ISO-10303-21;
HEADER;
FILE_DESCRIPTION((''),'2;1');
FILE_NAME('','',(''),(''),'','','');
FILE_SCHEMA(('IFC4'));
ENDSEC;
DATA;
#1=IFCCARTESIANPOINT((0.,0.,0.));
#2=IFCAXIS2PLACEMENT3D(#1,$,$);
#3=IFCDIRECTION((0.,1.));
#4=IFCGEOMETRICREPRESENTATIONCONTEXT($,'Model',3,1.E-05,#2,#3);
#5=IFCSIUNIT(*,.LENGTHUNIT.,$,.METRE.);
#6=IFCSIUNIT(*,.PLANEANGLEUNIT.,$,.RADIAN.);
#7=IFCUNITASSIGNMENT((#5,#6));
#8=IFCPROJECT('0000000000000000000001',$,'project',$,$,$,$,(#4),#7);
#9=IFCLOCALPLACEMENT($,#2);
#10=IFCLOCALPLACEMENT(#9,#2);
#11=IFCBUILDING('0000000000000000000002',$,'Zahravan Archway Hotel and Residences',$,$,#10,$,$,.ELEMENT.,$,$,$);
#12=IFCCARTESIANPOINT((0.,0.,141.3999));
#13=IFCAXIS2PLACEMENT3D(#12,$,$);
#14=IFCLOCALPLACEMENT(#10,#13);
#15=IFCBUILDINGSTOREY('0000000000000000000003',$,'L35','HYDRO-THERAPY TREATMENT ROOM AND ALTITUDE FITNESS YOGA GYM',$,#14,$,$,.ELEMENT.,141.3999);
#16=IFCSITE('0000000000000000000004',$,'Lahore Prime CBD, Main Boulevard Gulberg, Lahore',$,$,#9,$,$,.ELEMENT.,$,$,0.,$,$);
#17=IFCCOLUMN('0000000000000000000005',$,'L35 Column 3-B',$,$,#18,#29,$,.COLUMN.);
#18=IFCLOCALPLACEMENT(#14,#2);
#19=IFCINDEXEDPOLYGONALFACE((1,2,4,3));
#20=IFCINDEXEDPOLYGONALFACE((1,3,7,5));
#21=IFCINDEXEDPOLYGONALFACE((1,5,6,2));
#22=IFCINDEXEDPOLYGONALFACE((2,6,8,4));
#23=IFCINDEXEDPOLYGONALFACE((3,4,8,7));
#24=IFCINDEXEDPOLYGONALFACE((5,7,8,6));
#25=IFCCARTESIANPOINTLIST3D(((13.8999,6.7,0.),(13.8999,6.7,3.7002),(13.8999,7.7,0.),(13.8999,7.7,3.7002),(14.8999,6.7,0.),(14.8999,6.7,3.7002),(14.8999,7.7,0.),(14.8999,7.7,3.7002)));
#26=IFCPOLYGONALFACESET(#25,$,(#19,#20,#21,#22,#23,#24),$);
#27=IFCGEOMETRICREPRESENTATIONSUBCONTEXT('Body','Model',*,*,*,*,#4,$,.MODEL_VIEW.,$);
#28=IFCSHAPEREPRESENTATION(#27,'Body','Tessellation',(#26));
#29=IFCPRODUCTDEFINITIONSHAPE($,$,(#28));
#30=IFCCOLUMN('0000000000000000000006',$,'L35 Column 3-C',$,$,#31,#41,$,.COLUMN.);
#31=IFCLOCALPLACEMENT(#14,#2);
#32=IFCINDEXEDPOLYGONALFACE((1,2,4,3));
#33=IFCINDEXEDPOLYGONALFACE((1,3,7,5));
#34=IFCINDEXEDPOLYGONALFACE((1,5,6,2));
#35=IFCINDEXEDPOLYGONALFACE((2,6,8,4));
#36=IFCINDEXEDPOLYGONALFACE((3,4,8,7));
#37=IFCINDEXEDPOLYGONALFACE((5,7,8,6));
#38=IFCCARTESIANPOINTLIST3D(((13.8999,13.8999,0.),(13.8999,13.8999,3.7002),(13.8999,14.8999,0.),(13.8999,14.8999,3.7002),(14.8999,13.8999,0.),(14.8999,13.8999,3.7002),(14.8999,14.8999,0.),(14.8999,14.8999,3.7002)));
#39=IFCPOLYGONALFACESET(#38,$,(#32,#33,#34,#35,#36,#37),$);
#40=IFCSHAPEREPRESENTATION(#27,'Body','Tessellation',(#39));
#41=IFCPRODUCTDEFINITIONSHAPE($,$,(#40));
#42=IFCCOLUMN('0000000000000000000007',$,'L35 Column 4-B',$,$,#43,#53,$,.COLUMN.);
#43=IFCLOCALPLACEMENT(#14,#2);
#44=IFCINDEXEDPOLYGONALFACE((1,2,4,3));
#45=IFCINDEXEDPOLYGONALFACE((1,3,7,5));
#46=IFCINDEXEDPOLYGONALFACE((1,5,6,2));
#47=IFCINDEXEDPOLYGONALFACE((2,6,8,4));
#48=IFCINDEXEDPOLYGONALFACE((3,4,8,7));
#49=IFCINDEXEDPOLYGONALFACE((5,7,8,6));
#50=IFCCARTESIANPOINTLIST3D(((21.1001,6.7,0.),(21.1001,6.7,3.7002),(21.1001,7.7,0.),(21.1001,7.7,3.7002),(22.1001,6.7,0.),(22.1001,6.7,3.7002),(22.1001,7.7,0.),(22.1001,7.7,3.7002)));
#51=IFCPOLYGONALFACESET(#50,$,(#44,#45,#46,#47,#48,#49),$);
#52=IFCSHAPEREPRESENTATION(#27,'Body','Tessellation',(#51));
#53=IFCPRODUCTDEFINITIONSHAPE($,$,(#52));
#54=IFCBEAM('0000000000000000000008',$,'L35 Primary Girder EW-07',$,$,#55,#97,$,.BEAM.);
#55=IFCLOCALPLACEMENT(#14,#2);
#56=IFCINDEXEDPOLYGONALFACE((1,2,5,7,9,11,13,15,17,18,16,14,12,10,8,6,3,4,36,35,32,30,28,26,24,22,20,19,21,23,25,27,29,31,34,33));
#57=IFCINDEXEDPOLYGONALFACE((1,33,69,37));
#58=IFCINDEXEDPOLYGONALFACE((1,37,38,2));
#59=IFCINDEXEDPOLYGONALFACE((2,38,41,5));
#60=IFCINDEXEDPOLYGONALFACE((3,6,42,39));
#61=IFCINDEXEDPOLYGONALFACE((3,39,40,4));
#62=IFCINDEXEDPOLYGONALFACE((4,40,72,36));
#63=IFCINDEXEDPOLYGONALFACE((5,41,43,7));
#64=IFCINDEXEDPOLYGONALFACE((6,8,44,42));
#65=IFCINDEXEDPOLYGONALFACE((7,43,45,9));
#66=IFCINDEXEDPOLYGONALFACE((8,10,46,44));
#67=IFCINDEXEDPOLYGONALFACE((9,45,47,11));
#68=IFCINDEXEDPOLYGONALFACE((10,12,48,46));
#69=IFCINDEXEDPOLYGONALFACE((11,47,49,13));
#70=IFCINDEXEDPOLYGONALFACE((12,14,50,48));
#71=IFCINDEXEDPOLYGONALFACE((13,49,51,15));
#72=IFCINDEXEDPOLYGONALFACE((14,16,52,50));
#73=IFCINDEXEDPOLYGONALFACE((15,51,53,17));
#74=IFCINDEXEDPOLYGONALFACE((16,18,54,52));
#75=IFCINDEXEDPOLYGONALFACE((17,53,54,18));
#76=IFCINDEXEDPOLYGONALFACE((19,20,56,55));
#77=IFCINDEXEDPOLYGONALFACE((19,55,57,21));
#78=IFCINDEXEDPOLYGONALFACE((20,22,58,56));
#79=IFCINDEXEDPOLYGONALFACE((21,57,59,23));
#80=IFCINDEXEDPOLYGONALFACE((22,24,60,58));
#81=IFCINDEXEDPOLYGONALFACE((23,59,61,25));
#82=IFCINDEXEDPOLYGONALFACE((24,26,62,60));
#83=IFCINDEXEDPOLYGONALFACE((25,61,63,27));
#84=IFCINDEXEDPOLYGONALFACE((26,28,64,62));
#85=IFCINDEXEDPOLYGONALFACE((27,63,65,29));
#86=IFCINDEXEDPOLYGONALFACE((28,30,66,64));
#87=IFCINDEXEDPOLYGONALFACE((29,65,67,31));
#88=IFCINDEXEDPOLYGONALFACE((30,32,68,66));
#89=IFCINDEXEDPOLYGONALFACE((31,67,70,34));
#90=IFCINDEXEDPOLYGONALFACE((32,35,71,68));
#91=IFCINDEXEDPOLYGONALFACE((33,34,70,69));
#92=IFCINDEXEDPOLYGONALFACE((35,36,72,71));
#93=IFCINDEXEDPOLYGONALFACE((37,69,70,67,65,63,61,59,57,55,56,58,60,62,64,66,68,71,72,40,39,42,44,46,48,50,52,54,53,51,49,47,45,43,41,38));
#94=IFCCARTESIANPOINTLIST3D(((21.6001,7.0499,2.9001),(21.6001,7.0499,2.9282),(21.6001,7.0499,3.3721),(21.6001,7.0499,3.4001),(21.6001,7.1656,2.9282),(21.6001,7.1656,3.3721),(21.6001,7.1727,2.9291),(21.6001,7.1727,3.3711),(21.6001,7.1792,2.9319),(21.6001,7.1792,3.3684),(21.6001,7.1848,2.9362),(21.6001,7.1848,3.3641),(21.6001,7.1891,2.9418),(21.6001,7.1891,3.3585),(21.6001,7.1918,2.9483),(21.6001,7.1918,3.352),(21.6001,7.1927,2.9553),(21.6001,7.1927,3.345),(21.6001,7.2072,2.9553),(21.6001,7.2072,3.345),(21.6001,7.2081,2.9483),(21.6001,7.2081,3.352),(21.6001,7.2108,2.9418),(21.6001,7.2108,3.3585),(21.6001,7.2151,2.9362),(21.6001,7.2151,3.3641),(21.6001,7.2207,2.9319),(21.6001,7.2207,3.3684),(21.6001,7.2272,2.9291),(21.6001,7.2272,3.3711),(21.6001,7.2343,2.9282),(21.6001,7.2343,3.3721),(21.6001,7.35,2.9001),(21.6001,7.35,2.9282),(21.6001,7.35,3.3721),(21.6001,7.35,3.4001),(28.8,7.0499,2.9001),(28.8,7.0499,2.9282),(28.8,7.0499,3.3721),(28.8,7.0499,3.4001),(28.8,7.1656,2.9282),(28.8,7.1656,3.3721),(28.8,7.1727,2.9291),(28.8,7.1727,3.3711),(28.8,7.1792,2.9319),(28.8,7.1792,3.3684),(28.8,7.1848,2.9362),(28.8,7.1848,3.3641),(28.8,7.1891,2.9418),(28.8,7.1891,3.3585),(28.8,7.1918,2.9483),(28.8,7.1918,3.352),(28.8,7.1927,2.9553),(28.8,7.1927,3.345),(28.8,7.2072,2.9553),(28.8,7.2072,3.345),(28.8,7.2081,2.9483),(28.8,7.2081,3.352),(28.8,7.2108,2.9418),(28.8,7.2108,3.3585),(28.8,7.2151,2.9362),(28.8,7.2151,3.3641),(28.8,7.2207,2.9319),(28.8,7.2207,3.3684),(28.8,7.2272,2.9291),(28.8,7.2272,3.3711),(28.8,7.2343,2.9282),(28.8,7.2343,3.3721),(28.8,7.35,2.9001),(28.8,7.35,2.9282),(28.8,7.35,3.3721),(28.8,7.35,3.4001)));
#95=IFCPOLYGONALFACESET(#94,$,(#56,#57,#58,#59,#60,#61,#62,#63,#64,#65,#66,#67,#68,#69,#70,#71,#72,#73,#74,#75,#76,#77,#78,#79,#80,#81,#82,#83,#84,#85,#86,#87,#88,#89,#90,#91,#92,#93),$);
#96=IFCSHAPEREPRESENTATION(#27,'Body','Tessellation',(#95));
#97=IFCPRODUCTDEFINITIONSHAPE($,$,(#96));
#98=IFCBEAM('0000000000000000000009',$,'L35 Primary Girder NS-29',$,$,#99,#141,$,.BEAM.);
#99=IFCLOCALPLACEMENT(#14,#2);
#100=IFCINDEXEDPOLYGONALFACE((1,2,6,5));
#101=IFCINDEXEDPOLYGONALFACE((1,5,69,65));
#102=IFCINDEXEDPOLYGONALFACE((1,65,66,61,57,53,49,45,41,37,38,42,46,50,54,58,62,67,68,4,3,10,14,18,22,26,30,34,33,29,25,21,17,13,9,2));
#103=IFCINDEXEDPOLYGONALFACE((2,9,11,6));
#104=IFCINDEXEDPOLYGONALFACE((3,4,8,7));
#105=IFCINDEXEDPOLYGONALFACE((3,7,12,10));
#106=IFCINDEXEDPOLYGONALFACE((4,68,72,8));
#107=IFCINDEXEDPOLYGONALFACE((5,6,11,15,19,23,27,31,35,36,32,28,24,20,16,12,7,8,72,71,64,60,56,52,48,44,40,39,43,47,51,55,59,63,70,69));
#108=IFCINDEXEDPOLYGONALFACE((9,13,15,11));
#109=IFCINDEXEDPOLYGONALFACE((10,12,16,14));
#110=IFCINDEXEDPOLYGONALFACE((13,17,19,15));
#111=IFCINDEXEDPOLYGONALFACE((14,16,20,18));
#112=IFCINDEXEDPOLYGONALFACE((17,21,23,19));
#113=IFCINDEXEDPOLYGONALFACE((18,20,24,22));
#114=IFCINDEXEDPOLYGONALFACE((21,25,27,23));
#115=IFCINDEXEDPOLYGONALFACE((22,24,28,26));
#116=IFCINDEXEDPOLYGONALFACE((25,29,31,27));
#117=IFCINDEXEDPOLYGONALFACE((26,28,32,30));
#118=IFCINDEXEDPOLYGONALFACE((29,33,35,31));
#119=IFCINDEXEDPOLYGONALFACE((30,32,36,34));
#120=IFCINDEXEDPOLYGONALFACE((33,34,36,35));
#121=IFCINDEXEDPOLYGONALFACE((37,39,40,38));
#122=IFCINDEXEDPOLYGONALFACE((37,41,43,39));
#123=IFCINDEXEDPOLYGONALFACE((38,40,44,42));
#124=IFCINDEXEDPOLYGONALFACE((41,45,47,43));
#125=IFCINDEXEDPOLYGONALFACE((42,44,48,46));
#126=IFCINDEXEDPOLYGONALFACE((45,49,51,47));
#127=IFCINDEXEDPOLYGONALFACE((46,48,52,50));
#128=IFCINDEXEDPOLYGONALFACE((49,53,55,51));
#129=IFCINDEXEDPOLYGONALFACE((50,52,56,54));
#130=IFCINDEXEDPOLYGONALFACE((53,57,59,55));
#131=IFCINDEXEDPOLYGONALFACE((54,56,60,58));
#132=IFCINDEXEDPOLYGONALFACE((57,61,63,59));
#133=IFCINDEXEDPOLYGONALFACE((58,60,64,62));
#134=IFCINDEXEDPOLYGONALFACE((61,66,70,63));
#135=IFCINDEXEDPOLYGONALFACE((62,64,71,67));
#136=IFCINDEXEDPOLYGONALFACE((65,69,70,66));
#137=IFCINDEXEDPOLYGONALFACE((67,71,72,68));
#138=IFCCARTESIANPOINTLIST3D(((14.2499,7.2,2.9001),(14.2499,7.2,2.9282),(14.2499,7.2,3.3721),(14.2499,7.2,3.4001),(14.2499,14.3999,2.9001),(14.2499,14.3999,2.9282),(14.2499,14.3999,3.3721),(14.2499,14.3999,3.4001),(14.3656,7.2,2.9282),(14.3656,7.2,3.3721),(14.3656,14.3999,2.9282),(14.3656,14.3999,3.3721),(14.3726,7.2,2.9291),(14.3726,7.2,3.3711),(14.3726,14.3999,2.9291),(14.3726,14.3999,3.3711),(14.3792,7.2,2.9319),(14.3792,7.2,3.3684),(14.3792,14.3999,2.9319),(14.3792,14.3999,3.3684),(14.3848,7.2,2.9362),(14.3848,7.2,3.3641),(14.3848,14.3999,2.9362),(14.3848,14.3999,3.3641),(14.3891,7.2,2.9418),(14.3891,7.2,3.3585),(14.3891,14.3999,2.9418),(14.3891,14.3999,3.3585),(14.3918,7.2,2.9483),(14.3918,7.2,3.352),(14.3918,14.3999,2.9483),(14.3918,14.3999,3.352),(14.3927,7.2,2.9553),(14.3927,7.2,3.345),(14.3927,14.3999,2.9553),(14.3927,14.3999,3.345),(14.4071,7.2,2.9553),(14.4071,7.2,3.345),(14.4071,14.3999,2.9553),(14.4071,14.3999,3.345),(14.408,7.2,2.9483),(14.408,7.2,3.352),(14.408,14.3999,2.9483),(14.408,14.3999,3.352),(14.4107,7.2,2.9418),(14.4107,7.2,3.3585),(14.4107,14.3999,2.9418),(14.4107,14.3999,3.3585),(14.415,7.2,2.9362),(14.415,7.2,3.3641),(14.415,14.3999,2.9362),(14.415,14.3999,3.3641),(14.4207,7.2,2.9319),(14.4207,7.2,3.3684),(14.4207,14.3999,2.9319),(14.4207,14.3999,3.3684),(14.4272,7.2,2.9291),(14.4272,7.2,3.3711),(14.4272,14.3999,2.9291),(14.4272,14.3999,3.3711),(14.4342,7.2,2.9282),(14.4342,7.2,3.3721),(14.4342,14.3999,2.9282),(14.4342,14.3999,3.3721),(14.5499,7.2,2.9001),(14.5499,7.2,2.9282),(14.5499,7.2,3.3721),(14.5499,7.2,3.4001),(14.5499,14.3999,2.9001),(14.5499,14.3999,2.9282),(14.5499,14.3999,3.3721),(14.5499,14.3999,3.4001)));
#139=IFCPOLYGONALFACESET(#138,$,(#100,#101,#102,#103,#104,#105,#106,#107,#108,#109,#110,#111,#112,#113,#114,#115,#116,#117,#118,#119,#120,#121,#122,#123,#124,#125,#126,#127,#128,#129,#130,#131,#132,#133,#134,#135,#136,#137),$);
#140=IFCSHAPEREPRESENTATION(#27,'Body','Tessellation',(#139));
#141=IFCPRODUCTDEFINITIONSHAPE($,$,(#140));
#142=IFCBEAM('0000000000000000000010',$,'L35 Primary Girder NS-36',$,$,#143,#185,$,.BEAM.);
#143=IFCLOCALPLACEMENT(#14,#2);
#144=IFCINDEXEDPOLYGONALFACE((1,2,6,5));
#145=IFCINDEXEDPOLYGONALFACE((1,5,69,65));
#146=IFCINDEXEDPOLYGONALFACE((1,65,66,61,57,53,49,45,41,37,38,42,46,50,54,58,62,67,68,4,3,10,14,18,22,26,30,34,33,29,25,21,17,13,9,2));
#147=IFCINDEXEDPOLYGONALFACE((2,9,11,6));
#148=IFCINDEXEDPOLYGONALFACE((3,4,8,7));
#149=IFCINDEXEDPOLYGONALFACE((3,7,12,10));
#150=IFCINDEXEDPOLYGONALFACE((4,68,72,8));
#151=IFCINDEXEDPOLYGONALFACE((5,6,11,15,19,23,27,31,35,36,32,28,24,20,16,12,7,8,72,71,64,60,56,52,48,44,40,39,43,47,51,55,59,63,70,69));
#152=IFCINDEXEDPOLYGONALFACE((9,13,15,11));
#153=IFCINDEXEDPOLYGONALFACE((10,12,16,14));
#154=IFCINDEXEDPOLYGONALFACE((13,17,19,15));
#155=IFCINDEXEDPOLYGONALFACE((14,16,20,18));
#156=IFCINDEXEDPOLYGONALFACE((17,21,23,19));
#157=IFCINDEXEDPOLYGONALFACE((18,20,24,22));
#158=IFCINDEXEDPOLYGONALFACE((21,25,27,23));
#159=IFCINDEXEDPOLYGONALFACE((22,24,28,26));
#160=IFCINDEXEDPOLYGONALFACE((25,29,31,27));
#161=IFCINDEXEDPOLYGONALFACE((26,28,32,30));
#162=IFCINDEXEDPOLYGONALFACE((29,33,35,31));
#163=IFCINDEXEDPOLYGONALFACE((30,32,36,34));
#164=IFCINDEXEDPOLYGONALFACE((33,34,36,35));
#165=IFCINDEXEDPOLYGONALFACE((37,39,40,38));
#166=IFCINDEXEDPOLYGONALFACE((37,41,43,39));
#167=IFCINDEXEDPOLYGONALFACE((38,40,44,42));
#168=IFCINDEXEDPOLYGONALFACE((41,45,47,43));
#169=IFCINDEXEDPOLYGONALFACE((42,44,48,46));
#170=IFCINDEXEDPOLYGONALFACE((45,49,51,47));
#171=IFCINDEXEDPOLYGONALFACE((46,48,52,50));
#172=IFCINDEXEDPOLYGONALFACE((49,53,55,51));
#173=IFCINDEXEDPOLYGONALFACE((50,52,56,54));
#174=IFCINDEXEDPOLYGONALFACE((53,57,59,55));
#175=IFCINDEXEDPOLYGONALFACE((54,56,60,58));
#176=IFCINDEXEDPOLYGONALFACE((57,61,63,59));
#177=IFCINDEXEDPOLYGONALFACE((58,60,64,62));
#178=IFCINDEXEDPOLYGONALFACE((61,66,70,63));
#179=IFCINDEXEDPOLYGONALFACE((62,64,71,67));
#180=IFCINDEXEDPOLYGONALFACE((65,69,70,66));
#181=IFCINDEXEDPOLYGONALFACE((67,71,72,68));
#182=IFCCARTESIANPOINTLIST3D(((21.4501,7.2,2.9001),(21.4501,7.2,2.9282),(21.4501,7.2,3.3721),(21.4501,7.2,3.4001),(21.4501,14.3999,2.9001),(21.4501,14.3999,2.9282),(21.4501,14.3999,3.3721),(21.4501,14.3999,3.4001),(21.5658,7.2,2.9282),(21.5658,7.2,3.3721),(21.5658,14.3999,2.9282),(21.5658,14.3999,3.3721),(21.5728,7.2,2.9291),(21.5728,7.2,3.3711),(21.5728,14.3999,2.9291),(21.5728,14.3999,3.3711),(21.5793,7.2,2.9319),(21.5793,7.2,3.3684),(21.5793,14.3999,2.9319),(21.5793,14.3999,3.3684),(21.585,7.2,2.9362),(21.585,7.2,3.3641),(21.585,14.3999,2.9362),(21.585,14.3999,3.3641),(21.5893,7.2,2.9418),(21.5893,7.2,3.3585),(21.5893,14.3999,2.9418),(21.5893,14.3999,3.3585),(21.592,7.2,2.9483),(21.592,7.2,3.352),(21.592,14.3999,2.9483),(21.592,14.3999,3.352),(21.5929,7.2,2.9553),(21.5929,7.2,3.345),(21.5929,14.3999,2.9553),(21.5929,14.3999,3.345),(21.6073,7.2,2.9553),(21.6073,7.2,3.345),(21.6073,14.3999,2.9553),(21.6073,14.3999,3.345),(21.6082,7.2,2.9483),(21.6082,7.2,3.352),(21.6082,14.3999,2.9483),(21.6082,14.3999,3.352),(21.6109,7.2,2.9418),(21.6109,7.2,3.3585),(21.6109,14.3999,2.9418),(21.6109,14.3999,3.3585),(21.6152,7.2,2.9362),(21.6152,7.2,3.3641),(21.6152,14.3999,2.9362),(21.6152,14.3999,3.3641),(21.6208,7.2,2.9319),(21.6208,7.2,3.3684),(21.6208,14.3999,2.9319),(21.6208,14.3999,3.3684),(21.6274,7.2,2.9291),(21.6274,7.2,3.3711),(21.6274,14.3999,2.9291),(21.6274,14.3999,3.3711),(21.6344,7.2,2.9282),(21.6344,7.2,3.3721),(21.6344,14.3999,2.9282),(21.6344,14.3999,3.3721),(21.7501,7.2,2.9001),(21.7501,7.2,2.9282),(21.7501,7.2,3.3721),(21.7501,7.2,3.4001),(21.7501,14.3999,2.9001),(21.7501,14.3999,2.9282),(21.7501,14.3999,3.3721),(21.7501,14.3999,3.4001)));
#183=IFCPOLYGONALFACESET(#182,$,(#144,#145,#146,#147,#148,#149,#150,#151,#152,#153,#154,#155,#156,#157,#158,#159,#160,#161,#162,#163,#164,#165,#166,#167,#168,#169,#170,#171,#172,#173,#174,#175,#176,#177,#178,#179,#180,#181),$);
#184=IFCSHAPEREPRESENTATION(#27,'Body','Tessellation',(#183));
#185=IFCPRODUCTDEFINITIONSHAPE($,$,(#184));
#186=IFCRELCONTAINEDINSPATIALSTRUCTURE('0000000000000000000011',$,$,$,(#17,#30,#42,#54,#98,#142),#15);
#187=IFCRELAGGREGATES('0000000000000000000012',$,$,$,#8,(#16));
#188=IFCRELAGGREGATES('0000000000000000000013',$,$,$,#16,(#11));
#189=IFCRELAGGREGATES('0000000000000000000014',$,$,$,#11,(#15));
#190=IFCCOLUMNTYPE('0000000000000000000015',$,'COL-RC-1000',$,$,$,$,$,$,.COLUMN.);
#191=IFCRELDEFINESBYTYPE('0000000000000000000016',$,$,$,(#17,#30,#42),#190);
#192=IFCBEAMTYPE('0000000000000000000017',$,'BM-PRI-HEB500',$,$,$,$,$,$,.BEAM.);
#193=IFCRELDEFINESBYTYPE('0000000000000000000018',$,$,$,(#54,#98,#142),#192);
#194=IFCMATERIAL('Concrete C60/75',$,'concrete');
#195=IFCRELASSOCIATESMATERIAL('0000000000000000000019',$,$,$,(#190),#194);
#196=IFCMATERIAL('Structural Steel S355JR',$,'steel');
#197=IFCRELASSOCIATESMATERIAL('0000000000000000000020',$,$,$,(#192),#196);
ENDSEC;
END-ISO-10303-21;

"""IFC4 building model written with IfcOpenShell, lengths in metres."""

from ifc_helpers import new_model, si_unit, direction, frame, origin, origin_2d, place, context, subcontext, project, spatial, rectangle, i_section, extrude, source, transform, mapped, material, material_profile, profile_set, type_object, element, save


model = new_model("IFC4")

# Units and contexts
model_context = context("Model", 3, precision=1e-05, world=origin(), true_north=direction((0.0, 1.0)))
body_context = subcontext(model_context, "Body", "Model", "MODEL_VIEW")
ifc_project = project(units=[si_unit("LENGTHUNIT", "METRE"), si_unit("PLANEANGLEUNIT", "RADIAN")], contexts=[model_context])

# Site, building, storey
site_placement = place(None, origin())
site = spatial("IfcSite", under=ifc_project, at=site_placement, Name="Lahore Prime CBD, Main Boulevard Gulberg, Lahore", CompositionType="ELEMENT", RefElevation=0.0)
building_placement = place(site_placement, origin())
building = spatial("IfcBuilding", under=site, at=building_placement, Name="Zahravan Archway Hotel and Residences", CompositionType="ELEMENT")
storey_placement = place(building_placement, frame((0.0, 0.0, 141.3999)))
storey = spatial("IfcBuildingStorey", under=building, at=storey_placement, Name="L35", Description="HYDRO-THERAPY TREATMENT ROOM AND ALTITUDE FITNESS YOGA GYM", CompositionType="ELEMENT", Elevation=141.3999)

# Columns
ifc_material_1 = material(Name="Concrete C60/75", Category="concrete")
ifc_material_profile_1 = material_profile(ifc_material_1, rectangle(XDim=1.0, YDim=1.0, at=origin_2d()), Name="RC-COL-1000x1000", Category="concrete")
ifc_profile_set_1 = profile_set([ifc_material_profile_1], Name="Concrete C60/75")
column_type = type_object("IfcColumnType", Name="COL-RC-1000", PredefinedType="COLUMN", material=ifc_profile_set_1)
shared_shape_1 = source(origin(), body_context, "Body", "SweptSolid", [
    extrude(rectangle(XDim=1.0, YDim=1.0, at=origin_2d()), origin(), (0.0, 0.0, 1.0), 3.7002),
])
for number, where, z_axis, x_axis, name in (
    (1, (14.3999, 7.2, 0.0), (0.0, 0.0, 1.0), (1.0, 0.0, 0.0), "L35 Column 3-B"),
    (2, (14.3999, 14.3999, 0.0), (0.0, 0.0, 1.0), (1.0, 0.0, 0.0), "L35 Column 3-C"),
    (3, (21.6001, 7.2, 0.0), (0.0, 0.0, 1.0), (1.0, 0.0, 0.0), "L35 Column 4-B"),
):
    element("IfcColumn", number, at=place(storey_placement, frame(where, z_axis=z_axis, x_axis=x_axis)), inside=storey, type_object=column_type, Name=name, PredefinedType="COLUMN", context=body_context, shape_type="MappedRepresentation", body=[
        mapped(shared_shape_1, transform((0.0, 0.0, 0.0), scale=1.0)),
    ])

# Beams
ifc_material_2 = material(Name="Structural Steel S355JR", Category="steel")
ifc_material_profile_2 = material_profile(ifc_material_2, i_section(OverallWidth=0.3, OverallDepth=0.5, WebThickness=0.0144, FlangeThickness=0.0281, FilletRadius=0.0271, at=origin_2d()), Name="HEB 500", Category="steel")
ifc_profile_set_2 = profile_set([ifc_material_profile_2], Name="Structural Steel S355JR")
beam_type_1 = type_object("IfcBeamType", Name="BM-PRI-HEB500", PredefinedType="BEAM", material=ifc_profile_set_2)
shared_shape_2 = source(origin(), body_context, "Body", "SweptSolid", [
    extrude(i_section(OverallWidth=0.3, OverallDepth=0.5, WebThickness=0.0144, FlangeThickness=0.0281, FilletRadius=0.0271, at=origin_2d()), origin(), (0.0, 0.0, 1.0), 7.2),
])
for number, where, z_axis, x_axis, name in (
    (4, (21.6001, 7.2, 3.1501), (1.0, 0.0, 0.0), (0.0, 1.0, 0.0), "L35 Primary Girder EW-07"),
    (5, (14.3999, 7.2, 3.1501), (0.0, 1.0, 0.0), (-1.0, 0.0, 0.0), "L35 Primary Girder NS-29"),
    (6, (21.6001, 7.2, 3.1501), (0.0, 1.0, 0.0), (-1.0, 0.0, 0.0), "L35 Primary Girder NS-36"),
):
    element("IfcBeam", number, at=place(storey_placement, frame(where, z_axis=z_axis, x_axis=x_axis)), inside=storey, type_object=beam_type_1, Name=name, PredefinedType="BEAM", context=body_context, shape_type="MappedRepresentation", body=[
        mapped(shared_shape_2, transform((0.0, 0.0, 0.0), scale=1.0)),
    ])

save(model, "model.ifc")
